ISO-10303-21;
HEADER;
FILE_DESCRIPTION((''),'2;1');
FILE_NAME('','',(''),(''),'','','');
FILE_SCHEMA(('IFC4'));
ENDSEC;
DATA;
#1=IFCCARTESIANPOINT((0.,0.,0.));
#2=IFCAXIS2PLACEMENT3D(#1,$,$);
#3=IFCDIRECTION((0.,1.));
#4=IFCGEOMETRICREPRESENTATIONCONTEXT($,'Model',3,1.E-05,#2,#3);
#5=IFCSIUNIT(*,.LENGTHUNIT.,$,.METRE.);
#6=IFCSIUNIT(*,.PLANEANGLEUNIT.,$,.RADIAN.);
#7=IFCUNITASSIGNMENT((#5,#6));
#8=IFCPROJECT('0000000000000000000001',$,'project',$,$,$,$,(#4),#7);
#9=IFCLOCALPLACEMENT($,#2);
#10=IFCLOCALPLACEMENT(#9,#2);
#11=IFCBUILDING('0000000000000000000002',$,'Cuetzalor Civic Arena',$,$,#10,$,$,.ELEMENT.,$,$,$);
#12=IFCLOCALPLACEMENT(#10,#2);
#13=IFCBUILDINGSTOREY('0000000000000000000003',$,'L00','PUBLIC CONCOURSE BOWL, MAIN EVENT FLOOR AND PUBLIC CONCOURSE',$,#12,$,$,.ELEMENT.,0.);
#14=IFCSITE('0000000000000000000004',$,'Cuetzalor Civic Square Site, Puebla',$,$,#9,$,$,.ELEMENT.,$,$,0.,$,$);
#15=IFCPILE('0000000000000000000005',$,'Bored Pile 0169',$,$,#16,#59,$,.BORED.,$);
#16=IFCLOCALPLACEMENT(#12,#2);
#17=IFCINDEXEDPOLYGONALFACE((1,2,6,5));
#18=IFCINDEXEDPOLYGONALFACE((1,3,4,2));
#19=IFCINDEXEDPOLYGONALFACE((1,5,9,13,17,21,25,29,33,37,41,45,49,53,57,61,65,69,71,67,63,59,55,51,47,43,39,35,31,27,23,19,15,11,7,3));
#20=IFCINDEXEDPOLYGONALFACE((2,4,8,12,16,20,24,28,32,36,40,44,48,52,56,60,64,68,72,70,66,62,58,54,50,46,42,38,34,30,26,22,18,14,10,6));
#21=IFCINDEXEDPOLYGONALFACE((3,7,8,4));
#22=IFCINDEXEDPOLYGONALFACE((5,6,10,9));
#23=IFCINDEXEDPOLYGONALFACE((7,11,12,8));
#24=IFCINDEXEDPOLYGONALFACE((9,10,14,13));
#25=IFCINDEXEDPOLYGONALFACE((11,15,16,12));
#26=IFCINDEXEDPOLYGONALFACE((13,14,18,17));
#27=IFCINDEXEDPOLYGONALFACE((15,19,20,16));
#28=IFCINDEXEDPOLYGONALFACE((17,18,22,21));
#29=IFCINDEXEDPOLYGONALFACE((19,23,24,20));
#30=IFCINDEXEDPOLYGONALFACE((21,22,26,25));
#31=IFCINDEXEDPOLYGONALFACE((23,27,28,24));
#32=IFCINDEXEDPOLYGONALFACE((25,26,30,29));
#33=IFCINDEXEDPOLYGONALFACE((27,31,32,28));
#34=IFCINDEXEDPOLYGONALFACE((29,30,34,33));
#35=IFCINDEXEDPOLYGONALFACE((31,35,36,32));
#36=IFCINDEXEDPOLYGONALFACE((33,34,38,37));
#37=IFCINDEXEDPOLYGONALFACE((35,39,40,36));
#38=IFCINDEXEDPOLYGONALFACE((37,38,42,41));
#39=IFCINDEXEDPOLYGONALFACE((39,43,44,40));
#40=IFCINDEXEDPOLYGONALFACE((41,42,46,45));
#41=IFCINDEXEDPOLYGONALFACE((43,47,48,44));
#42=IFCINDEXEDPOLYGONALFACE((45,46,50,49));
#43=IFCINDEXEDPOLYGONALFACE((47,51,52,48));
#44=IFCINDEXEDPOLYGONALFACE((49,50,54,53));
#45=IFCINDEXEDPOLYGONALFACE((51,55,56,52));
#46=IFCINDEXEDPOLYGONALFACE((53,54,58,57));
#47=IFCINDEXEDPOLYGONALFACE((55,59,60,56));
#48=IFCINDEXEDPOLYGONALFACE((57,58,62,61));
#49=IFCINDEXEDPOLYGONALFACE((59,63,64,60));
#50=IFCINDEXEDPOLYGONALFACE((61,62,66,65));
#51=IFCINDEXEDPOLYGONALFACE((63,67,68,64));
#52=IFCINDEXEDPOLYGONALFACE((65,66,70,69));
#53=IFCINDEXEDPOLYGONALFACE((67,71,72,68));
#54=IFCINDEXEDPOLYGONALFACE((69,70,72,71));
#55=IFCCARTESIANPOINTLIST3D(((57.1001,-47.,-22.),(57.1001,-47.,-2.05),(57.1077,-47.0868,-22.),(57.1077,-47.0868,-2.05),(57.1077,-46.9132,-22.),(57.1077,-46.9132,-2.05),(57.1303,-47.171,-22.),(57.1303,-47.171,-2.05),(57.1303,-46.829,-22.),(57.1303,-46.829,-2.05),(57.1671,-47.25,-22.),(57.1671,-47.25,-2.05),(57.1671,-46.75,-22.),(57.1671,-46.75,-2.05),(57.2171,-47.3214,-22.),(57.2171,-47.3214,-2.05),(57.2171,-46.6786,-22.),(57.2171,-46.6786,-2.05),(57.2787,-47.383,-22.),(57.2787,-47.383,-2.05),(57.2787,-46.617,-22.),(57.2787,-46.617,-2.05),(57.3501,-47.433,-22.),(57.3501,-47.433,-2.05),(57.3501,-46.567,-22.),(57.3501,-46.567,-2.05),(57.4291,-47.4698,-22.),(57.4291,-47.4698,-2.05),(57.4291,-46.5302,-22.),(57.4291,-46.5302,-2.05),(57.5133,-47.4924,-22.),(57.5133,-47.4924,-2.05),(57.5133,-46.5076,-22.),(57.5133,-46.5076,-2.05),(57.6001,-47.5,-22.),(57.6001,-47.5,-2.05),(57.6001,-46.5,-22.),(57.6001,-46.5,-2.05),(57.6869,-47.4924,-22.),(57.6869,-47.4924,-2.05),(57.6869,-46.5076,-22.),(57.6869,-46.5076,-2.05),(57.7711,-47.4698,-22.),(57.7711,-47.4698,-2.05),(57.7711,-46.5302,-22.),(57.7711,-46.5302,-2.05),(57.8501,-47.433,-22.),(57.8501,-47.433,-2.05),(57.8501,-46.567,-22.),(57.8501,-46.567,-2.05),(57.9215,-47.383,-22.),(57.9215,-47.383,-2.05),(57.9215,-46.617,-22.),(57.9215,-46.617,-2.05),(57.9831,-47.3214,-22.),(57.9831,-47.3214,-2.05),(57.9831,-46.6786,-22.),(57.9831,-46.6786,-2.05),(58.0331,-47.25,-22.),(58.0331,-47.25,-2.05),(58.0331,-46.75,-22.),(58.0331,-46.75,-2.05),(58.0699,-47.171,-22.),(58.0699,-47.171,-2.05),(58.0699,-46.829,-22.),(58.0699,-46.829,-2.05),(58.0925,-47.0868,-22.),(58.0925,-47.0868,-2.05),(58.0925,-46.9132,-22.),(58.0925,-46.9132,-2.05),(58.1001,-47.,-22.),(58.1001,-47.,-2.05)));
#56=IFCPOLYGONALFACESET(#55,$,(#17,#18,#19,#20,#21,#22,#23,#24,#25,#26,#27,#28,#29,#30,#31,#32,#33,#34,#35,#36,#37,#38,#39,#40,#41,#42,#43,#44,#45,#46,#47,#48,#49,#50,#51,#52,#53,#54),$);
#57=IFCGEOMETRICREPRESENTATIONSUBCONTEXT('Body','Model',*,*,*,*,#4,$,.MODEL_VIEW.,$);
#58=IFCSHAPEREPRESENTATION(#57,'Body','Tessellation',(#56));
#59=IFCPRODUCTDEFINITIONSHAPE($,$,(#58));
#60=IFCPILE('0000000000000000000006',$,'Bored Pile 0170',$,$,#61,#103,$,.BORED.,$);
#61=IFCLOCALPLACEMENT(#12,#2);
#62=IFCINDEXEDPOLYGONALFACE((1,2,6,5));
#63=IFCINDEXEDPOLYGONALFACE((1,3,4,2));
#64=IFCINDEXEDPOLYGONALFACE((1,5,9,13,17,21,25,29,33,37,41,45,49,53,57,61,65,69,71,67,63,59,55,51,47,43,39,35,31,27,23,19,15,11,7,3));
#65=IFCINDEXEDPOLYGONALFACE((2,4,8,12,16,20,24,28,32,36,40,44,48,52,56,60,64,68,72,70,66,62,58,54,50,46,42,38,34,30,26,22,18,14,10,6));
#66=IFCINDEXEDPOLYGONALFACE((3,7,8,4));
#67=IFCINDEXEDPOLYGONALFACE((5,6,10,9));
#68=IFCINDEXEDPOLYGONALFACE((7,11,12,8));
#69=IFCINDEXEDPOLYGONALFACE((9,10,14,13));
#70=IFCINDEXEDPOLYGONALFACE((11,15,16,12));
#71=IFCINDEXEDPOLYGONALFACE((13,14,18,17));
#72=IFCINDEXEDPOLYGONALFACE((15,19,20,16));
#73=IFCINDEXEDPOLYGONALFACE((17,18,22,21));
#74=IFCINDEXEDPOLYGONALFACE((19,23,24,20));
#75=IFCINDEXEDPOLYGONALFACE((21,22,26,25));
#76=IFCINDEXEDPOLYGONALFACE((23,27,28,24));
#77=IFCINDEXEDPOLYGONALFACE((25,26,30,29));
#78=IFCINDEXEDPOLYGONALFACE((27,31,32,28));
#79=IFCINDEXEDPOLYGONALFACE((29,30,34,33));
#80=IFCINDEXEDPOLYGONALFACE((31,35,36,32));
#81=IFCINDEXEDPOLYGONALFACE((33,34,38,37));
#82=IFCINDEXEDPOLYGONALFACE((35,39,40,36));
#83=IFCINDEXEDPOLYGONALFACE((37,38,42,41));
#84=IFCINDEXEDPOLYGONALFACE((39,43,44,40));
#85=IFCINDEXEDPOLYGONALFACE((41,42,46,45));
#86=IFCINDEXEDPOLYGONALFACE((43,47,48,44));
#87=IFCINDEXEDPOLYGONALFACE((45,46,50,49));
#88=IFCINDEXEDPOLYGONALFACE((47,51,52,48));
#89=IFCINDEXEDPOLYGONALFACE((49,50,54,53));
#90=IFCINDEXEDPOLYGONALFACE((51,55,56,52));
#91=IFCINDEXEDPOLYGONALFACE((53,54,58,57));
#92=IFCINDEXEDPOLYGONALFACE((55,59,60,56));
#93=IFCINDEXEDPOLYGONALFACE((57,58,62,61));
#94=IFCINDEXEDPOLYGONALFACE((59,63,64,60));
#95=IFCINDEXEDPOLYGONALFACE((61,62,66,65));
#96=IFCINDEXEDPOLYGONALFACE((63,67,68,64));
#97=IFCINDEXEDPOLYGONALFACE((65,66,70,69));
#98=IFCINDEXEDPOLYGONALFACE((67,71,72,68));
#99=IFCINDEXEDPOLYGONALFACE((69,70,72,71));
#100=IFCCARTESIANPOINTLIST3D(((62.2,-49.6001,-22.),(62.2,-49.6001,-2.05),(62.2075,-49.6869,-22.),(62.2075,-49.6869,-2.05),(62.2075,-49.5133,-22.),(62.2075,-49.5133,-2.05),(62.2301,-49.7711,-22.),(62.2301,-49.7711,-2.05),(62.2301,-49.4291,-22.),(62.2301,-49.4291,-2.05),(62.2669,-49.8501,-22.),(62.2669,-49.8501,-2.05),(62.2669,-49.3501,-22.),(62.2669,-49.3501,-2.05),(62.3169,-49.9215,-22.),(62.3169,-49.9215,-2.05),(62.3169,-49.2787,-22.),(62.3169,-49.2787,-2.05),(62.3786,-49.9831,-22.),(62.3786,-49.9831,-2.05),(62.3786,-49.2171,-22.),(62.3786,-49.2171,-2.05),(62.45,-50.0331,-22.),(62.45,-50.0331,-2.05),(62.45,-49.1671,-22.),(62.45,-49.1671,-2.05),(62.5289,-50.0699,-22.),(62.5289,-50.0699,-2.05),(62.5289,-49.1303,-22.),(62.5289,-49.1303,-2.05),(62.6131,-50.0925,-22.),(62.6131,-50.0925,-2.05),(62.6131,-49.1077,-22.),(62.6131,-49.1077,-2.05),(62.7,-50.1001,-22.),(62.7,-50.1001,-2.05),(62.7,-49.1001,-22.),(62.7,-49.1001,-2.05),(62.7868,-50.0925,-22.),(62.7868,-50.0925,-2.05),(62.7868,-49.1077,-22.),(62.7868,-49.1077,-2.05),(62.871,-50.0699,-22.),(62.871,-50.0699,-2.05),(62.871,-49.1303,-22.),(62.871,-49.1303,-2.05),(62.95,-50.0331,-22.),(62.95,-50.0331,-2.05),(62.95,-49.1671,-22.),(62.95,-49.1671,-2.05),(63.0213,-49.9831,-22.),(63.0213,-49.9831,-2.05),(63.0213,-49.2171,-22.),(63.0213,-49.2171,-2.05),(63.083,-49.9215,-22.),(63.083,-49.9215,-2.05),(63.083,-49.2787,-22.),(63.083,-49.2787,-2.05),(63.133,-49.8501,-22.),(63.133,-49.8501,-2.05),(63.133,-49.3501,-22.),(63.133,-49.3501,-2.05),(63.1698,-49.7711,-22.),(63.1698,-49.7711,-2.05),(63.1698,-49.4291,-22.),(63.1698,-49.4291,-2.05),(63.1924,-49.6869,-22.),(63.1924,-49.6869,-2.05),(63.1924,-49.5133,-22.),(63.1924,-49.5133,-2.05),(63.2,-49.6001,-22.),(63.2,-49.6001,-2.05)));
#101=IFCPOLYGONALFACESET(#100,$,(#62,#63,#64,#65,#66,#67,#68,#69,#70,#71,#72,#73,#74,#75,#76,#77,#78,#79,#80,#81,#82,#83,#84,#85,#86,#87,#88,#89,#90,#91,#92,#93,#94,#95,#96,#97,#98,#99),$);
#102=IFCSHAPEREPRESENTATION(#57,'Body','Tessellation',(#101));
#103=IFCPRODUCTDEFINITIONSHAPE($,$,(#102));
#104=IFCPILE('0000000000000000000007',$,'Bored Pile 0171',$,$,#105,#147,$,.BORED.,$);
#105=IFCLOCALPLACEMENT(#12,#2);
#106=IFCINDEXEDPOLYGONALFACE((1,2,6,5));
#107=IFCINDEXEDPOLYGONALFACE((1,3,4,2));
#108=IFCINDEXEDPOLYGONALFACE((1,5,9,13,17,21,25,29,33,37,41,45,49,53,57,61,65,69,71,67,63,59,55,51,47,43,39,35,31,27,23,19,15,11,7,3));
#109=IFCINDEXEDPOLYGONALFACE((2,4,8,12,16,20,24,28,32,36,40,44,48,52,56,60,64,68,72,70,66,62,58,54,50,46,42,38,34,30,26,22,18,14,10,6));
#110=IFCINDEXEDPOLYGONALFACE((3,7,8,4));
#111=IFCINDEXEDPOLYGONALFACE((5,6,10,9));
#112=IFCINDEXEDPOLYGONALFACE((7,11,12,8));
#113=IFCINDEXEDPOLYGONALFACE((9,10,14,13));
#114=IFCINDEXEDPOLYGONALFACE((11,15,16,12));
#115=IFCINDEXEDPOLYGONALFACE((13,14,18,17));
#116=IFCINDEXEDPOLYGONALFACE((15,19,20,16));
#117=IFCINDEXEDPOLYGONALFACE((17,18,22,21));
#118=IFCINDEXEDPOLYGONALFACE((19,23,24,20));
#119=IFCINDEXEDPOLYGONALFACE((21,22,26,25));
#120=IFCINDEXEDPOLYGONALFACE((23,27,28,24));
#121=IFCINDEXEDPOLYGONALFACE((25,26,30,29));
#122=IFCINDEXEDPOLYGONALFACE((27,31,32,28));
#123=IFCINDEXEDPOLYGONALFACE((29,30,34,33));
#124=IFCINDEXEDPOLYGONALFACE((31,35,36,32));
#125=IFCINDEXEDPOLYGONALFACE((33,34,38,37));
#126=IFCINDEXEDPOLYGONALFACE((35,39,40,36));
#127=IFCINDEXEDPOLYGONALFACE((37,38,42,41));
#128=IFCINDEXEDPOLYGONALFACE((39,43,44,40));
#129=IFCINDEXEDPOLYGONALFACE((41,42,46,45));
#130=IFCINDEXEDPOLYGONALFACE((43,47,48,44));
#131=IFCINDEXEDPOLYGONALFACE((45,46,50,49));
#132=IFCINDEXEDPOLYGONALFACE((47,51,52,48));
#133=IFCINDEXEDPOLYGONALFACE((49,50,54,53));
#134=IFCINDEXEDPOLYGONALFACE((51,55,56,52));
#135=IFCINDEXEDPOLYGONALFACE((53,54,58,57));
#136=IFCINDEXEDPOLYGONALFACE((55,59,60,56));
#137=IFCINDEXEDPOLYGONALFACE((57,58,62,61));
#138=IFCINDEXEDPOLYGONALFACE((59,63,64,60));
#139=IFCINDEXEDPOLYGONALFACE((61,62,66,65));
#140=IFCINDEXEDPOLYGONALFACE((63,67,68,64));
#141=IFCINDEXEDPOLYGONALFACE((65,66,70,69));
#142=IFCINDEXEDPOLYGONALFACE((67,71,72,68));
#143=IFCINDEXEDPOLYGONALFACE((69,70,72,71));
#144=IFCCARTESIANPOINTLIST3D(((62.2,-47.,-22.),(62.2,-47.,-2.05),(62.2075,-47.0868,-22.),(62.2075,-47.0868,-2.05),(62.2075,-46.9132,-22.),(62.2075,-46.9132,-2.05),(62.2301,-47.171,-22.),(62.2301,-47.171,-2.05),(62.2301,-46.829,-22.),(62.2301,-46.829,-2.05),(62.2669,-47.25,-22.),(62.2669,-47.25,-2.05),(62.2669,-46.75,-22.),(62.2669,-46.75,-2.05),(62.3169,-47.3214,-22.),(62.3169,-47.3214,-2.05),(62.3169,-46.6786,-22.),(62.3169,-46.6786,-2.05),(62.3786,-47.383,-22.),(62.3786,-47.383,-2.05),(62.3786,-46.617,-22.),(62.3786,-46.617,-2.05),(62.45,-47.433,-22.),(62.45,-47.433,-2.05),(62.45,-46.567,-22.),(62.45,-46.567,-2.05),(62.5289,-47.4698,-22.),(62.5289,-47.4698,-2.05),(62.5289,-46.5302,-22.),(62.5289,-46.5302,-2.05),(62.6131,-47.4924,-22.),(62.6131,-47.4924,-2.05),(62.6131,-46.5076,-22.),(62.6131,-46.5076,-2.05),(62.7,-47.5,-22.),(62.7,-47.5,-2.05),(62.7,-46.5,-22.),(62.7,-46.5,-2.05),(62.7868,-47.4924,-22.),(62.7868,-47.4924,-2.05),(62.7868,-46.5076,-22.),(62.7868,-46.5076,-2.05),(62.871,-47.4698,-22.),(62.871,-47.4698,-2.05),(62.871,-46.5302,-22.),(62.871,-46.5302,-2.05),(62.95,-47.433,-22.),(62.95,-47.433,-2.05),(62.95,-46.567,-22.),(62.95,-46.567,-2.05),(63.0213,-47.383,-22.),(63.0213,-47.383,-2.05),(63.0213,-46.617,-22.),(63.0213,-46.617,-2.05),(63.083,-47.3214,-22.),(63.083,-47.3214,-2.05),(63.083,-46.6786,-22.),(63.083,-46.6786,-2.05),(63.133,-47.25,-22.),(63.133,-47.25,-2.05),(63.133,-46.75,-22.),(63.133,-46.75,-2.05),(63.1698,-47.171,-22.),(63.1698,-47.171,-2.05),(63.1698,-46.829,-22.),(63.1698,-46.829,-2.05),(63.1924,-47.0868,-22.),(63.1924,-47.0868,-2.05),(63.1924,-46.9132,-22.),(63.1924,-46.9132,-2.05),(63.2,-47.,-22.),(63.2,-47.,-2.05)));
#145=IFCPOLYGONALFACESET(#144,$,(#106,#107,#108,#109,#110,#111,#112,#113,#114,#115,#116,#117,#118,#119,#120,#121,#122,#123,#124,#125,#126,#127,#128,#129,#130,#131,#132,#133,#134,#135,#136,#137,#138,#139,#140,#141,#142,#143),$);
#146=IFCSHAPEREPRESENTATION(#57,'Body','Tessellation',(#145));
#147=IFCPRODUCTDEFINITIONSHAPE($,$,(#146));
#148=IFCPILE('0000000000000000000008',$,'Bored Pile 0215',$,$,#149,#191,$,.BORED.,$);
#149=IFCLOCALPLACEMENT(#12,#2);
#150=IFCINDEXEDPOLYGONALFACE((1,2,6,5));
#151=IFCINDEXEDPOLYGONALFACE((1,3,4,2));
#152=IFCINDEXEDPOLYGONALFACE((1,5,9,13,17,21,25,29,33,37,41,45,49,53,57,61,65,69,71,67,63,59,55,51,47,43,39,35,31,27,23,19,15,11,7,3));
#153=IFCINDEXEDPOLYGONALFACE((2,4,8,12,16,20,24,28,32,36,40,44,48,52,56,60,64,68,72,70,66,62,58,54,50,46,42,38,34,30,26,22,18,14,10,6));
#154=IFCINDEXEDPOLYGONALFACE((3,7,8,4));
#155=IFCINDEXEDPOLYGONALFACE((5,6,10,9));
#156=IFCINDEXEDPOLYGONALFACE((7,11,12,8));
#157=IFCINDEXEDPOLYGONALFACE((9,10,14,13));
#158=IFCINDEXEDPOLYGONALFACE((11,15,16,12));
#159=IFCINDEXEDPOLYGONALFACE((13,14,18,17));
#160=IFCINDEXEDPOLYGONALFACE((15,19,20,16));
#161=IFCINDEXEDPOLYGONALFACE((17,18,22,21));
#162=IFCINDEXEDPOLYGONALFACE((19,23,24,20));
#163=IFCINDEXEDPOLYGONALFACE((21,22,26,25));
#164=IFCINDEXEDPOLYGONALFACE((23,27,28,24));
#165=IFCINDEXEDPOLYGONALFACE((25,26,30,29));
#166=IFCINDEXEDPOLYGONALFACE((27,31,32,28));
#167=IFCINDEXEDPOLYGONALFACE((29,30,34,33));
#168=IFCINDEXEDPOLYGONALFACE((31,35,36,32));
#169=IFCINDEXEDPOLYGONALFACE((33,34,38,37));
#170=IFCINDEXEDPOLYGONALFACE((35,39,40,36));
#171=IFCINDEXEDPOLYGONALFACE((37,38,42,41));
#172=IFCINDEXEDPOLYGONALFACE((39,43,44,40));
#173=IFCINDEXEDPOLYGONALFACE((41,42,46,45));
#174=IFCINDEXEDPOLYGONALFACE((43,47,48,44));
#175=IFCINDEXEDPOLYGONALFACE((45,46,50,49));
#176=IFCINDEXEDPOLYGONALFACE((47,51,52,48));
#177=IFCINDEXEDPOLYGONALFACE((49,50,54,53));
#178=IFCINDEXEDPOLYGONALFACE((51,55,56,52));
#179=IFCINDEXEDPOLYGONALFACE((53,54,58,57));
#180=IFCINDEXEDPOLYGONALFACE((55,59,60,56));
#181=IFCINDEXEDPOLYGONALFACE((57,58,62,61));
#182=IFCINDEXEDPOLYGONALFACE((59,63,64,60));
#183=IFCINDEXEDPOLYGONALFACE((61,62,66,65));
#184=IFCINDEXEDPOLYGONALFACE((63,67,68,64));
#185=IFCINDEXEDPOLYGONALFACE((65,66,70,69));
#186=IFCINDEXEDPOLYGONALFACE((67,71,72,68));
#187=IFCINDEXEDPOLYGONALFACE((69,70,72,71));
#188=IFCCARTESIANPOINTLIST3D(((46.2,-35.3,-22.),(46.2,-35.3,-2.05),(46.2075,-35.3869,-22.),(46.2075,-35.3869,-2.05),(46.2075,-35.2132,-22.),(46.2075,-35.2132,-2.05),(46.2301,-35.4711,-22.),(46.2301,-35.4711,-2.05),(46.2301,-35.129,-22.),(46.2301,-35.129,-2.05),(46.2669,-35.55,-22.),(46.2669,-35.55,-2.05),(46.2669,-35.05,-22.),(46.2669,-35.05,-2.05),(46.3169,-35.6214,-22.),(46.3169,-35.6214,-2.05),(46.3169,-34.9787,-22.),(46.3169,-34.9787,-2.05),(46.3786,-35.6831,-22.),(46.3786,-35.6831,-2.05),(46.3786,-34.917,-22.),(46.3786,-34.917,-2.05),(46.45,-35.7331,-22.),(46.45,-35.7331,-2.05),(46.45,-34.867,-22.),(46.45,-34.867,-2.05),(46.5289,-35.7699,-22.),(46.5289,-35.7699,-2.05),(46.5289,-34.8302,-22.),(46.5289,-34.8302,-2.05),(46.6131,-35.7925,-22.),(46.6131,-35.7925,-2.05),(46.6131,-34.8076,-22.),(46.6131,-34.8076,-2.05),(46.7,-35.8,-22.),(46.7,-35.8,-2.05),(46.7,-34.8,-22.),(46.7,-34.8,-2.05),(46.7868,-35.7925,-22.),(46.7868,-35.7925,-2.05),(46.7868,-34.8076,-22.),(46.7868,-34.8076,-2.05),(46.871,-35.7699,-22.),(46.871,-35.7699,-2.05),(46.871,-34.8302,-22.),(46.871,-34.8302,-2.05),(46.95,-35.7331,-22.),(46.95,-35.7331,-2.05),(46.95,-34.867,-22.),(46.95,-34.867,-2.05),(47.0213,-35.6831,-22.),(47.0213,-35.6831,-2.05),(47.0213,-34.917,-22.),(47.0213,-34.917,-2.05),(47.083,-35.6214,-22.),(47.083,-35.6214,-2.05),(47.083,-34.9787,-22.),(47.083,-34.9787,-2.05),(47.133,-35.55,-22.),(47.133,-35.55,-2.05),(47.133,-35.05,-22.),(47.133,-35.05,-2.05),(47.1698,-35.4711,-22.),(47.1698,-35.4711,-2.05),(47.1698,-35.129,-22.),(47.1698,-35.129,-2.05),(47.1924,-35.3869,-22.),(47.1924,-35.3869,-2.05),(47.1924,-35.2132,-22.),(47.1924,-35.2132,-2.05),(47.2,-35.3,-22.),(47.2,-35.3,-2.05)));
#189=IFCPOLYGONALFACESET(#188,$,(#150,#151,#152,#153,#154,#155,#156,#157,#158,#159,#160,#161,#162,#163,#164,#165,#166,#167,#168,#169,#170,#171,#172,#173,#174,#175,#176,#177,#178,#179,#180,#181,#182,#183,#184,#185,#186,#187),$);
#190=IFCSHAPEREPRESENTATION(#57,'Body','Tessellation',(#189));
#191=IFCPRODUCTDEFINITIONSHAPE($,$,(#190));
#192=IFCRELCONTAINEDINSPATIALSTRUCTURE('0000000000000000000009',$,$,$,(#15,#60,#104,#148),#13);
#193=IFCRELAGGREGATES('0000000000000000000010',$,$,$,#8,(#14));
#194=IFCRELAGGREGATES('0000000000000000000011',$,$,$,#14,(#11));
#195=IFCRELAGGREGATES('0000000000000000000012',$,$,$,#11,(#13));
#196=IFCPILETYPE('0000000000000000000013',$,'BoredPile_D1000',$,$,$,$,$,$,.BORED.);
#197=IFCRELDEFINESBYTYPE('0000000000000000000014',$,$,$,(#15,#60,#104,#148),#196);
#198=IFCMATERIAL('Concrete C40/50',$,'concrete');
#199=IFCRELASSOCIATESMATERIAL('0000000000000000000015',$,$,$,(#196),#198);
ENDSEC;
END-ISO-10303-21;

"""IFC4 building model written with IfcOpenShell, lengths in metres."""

from ifc_helpers import new_model, si_unit, direction, frame, origin, origin_2d, place, context, subcontext, project, spatial, circle, extrude, material, material_profile, profile_set, type_object, element, save


model = new_model("IFC4")

# Units and contexts
model_context = context("Model", 3, precision=1e-05, world=origin(), true_north=direction((0.0, 1.0)))
body_context = subcontext(model_context, "Body", "Model", "MODEL_VIEW")
ifc_project = project(units=[si_unit("LENGTHUNIT", "METRE"), si_unit("PLANEANGLEUNIT", "RADIAN")], contexts=[model_context])

# Site, building, storey
site_placement = place(None, origin())
site = spatial("IfcSite", under=ifc_project, at=site_placement, Name="Cuetzalor Civic Square Site, Puebla", CompositionType="ELEMENT", RefElevation=0.0)
building_placement = place(site_placement, origin())
building = spatial("IfcBuilding", under=site, at=building_placement, Name="Cuetzalor Civic Arena", CompositionType="ELEMENT")
storey_placement = place(building_placement, origin())
storey = spatial("IfcBuildingStorey", under=building, at=storey_placement, Name="L00", Description="PUBLIC CONCOURSE BOWL, MAIN EVENT FLOOR AND PUBLIC CONCOURSE", CompositionType="ELEMENT", Elevation=0.0)

# Piles
ifc_material_1 = material(Name="Concrete C40/50", Category="concrete")
ifc_material_profile_1 = material_profile(ifc_material_1, circle(Radius=0.5, at=origin_2d()), Name="BORED PILE D1000")
ifc_profile_set_1 = profile_set([ifc_material_profile_1], Name="Concrete C40/50")
pile_type = type_object("IfcPileType", Name="BoredPile_D1000", PredefinedType="BORED", material=ifc_profile_set_1)
for number, where, z_axis, x_axis, name in (
    (1, (57.6001, -47.0, -2.05), (0.0, 0.0, -1.0), (1.0, 0.0, 0.0), "Bored Pile 0169"),
    (2, (62.7, -49.6001, -2.05), (0.0, 0.0, -1.0), (1.0, 0.0, 0.0), "Bored Pile 0170"),
    (3, (62.7, -47.0, -2.05), (0.0, 0.0, -1.0), (1.0, 0.0, 0.0), "Bored Pile 0171"),
    (4, (46.7, -35.3, -2.05), (0.0, 0.0, -1.0), (1.0, 0.0, 0.0), "Bored Pile 0215"),
):
    element("IfcPile", number, at=place(storey_placement, frame(where, z_axis=z_axis, x_axis=x_axis)), inside=storey, type_object=pile_type, Name=name, PredefinedType="BORED", context=body_context, shape_type="SweptSolid", body=[
        extrude(circle(Radius=0.5, at=origin_2d()), origin(), (0.0, 0.0, 1.0), 19.95),
    ])

save(model, "model.ifc")
